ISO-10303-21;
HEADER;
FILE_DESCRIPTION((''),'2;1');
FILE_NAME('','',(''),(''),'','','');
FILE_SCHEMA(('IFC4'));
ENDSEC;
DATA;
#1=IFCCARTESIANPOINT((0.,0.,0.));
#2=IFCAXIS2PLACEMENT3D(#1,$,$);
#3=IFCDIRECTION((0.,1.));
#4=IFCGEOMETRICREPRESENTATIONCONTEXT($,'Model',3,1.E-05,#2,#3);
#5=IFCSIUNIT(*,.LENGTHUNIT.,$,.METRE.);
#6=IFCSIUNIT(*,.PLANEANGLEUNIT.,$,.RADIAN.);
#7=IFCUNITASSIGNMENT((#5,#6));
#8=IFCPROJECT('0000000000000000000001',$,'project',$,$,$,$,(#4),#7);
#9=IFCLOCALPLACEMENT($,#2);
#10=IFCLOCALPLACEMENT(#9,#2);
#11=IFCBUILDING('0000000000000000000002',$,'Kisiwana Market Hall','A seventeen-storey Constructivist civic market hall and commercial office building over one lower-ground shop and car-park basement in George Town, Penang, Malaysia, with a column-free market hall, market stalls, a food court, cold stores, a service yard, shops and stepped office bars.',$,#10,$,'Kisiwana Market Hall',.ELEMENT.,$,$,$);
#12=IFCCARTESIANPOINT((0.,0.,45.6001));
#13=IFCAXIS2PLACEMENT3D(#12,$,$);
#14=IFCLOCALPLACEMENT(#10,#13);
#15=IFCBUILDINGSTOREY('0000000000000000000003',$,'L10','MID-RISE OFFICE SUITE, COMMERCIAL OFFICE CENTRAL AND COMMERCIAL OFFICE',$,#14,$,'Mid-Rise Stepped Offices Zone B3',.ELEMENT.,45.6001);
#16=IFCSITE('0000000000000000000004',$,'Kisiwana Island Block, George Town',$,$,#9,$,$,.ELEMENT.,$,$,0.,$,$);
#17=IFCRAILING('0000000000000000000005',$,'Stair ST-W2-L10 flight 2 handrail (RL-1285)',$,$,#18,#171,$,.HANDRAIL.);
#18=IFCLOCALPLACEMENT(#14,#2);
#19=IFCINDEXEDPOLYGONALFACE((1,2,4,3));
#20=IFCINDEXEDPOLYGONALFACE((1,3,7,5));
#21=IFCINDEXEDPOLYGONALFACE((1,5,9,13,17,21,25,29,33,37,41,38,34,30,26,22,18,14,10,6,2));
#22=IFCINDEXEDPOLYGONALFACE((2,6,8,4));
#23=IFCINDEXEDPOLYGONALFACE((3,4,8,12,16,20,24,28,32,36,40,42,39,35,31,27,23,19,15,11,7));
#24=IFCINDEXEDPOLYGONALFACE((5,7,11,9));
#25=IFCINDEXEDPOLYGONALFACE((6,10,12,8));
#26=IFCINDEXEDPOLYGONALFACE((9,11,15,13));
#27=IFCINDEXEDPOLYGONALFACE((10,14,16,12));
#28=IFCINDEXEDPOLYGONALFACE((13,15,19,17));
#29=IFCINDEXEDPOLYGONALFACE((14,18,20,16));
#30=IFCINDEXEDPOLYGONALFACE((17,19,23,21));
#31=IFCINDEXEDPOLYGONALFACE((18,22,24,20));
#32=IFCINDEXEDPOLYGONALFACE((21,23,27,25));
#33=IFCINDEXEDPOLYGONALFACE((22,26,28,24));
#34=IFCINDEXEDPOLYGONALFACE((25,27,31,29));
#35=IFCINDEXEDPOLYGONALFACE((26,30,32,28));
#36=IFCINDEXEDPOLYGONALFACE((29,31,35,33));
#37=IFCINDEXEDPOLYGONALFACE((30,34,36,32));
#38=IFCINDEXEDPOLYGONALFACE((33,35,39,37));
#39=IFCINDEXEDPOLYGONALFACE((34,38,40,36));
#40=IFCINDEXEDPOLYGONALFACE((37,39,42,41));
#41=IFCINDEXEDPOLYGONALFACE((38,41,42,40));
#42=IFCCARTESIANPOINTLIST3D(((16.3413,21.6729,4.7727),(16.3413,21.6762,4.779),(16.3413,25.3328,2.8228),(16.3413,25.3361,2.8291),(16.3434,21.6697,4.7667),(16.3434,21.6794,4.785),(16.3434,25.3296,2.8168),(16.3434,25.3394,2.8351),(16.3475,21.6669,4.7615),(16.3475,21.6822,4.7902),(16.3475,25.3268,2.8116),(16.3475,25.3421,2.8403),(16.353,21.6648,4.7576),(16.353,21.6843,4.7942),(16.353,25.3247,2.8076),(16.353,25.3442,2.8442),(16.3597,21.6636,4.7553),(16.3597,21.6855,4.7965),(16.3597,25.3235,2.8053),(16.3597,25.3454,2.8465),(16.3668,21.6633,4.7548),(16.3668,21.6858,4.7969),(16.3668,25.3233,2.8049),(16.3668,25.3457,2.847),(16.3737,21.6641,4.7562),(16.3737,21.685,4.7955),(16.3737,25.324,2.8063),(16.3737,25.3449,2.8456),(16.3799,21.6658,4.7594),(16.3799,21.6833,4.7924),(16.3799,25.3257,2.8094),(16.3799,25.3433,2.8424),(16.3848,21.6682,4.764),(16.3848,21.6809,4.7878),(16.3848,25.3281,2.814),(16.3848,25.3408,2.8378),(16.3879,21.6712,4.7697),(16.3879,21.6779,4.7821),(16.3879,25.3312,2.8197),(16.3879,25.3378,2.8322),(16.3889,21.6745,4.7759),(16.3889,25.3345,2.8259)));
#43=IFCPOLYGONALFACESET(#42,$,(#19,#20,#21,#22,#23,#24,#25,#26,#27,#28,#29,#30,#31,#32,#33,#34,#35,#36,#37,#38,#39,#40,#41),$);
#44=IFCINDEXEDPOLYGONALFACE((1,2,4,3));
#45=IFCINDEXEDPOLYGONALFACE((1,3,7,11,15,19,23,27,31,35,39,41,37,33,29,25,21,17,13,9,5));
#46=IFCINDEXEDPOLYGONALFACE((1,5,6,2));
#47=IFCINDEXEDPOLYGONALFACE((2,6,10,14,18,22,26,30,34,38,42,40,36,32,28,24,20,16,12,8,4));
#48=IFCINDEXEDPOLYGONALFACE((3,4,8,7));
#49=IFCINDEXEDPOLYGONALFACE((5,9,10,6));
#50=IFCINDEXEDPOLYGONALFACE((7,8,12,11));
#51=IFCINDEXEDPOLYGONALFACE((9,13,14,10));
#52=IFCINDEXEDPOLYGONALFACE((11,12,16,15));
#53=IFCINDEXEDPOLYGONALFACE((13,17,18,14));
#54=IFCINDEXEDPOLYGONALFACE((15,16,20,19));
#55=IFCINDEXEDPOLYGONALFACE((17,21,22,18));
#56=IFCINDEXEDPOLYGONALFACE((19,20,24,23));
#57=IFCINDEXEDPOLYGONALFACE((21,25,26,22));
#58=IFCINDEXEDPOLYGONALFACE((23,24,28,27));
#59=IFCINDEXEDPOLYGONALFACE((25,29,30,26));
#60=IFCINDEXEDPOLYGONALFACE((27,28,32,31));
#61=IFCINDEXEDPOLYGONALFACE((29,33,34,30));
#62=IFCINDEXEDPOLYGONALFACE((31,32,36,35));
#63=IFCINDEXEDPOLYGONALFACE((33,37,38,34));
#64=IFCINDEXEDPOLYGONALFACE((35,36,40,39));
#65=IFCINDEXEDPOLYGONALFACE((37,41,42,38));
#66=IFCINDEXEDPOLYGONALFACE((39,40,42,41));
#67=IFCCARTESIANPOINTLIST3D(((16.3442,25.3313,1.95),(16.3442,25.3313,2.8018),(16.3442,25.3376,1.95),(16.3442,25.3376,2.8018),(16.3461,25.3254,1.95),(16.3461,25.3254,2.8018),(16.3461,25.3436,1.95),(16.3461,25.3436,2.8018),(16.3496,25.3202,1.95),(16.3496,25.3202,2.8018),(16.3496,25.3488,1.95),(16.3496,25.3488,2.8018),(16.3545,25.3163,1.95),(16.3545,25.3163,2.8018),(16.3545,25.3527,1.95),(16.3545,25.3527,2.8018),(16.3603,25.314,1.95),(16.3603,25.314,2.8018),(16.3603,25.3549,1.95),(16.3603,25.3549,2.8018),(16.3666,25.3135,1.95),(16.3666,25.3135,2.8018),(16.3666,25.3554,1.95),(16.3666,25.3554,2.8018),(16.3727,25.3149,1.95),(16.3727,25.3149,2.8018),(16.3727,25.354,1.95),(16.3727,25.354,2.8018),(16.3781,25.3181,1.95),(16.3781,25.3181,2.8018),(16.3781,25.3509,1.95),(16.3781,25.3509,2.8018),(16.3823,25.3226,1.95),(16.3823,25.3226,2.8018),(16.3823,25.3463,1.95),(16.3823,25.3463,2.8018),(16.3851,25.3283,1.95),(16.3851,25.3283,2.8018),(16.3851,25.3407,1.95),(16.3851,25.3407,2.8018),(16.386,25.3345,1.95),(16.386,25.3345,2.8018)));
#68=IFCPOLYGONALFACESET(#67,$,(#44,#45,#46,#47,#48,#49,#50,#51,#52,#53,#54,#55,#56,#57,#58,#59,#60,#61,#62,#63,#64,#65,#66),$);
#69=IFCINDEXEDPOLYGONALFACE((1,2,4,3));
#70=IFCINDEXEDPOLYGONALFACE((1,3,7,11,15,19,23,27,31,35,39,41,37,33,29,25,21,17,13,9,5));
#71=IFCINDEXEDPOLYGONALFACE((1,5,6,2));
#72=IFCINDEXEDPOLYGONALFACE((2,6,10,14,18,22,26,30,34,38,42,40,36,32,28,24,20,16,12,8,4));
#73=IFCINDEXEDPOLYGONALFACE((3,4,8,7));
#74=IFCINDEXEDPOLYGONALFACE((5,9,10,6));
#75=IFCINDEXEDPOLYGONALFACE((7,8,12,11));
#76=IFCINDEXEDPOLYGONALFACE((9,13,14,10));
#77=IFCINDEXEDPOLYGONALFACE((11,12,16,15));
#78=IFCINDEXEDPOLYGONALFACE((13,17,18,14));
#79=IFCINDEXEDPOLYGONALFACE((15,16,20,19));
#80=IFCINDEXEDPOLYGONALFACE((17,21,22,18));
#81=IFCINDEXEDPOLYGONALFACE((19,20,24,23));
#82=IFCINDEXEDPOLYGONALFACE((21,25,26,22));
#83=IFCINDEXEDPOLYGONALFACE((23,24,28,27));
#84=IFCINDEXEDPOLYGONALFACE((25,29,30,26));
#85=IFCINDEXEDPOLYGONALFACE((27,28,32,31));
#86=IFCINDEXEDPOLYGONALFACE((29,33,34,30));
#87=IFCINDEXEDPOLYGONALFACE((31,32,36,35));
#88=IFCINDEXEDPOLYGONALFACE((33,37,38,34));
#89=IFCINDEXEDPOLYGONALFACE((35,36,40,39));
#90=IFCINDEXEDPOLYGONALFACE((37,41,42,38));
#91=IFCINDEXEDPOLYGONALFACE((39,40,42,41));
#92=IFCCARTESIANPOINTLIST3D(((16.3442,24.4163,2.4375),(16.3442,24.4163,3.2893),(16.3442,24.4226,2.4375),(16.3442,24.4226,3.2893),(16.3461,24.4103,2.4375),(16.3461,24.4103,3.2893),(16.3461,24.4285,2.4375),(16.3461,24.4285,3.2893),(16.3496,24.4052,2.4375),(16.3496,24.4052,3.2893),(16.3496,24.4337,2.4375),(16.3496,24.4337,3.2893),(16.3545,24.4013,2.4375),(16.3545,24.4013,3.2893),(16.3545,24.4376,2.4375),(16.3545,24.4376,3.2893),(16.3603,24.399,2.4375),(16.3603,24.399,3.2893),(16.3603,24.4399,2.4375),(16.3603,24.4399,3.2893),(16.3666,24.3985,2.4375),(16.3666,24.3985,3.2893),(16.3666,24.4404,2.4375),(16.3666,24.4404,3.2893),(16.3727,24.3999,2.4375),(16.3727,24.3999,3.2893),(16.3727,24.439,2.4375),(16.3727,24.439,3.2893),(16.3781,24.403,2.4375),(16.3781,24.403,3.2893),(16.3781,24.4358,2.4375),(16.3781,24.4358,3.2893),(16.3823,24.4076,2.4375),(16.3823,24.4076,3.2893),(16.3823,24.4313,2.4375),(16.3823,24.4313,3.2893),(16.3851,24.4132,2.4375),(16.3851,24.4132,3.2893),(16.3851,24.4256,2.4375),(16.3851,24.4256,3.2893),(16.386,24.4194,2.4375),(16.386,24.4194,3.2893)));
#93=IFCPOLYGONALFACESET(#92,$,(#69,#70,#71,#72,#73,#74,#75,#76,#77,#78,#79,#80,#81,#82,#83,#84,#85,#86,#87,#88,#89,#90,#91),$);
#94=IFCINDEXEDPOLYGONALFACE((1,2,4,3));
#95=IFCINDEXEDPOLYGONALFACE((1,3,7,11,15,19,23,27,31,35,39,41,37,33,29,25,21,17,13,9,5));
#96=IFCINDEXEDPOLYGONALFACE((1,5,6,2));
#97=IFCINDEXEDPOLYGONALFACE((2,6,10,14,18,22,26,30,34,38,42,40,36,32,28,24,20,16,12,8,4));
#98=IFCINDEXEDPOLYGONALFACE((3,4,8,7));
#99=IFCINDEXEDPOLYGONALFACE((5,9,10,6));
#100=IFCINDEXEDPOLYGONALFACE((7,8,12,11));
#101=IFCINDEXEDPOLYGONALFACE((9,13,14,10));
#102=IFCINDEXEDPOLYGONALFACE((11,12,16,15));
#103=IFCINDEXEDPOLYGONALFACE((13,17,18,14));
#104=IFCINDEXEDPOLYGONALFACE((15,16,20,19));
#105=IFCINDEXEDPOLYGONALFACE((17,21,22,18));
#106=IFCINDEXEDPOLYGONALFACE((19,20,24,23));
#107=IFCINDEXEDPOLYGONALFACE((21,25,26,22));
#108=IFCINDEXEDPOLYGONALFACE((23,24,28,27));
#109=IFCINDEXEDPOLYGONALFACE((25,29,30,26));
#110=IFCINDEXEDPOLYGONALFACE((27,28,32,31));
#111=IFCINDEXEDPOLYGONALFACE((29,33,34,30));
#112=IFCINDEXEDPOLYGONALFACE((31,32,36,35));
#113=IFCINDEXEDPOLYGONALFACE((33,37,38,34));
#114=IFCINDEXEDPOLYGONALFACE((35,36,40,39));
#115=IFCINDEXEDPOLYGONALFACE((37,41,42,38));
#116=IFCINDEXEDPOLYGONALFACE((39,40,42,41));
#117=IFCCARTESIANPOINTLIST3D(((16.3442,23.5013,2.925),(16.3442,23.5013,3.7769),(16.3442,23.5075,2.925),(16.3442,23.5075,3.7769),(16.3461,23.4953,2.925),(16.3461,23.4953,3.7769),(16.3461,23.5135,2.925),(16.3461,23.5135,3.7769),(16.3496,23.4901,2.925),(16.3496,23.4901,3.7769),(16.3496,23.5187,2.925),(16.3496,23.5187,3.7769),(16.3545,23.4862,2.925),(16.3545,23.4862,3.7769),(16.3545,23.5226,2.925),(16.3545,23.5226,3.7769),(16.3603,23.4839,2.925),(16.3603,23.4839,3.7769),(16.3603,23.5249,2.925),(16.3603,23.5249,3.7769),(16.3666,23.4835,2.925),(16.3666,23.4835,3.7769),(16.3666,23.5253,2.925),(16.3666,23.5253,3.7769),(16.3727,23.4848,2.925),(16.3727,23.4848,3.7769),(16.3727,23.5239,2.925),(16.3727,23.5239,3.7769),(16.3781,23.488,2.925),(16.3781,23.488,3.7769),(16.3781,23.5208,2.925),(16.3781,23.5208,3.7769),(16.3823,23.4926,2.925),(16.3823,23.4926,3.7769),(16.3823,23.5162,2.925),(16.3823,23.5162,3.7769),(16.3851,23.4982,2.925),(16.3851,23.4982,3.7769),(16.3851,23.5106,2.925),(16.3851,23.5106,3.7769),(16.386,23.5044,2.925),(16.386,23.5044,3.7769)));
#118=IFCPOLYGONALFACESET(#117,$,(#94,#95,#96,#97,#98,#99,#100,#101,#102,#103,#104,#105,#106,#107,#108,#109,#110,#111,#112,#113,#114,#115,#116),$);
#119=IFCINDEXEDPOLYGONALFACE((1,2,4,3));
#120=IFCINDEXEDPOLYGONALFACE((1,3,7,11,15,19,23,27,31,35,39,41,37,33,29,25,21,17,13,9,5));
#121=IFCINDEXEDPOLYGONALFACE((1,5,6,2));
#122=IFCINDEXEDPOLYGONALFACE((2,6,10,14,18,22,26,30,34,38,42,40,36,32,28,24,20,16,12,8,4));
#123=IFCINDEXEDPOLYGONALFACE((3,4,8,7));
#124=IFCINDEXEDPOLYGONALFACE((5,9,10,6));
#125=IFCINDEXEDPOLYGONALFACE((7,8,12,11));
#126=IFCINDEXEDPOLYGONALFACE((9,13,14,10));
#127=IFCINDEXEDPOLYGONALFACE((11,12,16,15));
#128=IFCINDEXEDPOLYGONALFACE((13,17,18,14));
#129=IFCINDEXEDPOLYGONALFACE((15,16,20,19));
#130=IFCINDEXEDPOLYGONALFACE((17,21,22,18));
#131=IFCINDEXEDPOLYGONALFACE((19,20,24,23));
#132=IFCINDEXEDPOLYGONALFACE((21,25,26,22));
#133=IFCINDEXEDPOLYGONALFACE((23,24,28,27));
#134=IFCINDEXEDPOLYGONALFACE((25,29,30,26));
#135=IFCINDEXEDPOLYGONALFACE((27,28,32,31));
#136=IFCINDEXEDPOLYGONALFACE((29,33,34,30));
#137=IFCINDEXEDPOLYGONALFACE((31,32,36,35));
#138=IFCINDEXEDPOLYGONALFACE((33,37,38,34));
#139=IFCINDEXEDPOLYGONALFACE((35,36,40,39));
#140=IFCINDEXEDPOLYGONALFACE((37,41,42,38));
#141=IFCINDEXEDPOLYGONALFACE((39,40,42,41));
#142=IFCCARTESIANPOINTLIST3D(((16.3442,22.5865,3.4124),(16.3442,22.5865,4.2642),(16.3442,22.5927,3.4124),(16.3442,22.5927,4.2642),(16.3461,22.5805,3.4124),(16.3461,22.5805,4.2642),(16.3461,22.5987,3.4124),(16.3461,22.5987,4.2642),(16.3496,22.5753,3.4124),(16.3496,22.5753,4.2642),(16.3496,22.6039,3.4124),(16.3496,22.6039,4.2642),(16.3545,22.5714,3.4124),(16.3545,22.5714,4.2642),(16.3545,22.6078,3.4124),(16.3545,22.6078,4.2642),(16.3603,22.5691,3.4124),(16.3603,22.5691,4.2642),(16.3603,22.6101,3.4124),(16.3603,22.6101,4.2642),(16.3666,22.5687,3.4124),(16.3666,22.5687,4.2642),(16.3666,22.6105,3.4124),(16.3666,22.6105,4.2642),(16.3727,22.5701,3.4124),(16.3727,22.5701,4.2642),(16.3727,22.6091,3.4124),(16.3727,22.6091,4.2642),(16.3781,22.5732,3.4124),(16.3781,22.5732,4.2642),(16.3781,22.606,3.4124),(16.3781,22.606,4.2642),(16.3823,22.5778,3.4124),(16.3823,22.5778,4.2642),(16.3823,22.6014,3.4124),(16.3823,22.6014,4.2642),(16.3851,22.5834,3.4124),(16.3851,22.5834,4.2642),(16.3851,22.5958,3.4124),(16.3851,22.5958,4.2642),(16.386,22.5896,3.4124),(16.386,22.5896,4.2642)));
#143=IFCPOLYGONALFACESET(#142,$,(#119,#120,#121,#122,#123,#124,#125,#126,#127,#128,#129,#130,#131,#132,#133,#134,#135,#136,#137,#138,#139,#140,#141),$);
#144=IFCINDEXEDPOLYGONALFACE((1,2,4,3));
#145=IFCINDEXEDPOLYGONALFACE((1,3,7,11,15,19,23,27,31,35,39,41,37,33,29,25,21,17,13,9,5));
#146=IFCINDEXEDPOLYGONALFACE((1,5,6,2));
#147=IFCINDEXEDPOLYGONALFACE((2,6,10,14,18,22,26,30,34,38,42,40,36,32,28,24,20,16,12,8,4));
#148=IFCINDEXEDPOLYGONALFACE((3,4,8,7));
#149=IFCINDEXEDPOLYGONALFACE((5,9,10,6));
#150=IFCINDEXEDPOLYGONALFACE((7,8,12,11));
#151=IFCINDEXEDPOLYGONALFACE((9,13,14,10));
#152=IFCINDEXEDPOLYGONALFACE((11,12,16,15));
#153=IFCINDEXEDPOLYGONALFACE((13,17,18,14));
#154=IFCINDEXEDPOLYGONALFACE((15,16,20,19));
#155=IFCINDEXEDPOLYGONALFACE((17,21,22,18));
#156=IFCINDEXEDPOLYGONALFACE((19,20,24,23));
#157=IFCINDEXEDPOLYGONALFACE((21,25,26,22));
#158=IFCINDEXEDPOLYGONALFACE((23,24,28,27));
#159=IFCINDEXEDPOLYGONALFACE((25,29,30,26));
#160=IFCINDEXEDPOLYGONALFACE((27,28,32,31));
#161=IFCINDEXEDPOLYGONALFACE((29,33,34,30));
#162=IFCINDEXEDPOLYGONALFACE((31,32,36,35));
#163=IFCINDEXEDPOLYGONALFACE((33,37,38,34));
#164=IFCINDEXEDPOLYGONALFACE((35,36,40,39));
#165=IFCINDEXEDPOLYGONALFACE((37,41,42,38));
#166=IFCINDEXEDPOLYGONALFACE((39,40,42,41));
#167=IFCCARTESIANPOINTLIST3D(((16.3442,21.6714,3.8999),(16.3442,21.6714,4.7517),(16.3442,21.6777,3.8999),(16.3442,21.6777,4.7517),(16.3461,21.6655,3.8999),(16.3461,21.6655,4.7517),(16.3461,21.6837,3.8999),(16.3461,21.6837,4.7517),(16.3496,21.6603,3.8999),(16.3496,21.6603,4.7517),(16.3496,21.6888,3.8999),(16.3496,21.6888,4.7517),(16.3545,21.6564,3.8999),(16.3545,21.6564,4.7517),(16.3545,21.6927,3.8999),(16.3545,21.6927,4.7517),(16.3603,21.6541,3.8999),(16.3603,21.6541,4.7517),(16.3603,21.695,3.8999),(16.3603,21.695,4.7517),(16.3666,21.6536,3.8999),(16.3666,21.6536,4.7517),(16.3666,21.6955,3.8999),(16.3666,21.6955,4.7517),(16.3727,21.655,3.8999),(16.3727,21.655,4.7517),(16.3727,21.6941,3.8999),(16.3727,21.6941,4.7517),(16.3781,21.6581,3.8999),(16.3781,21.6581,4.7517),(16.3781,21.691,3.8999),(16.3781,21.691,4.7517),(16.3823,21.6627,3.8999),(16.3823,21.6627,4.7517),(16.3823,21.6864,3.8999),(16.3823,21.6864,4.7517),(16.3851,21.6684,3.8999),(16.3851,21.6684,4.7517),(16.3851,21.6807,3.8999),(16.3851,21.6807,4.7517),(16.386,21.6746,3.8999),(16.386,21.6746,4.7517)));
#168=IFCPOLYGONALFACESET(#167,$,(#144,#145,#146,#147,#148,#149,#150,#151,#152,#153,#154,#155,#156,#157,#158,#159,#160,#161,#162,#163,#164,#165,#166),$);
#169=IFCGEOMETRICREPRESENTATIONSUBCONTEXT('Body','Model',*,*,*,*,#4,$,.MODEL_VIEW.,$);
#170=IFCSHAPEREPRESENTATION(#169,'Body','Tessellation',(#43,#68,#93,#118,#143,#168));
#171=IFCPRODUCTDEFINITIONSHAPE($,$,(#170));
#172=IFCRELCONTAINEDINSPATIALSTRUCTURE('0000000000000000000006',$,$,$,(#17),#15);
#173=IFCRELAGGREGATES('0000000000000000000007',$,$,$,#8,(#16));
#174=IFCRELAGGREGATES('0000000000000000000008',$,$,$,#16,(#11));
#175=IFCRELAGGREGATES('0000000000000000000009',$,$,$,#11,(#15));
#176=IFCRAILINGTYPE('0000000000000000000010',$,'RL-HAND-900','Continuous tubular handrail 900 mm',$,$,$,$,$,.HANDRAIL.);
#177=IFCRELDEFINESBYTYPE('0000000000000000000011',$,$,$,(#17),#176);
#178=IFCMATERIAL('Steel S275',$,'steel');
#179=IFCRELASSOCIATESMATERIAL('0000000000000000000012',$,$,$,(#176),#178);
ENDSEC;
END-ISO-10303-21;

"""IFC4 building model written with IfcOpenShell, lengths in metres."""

from ifc_helpers import new_model, si_unit, direction, frame, origin, origin_2d, place, context, subcontext, project, spatial, circle, extrude, material, type_object, element, save


model = new_model("IFC4")

# Units and contexts
model_context = context("Model", 3, precision=1e-05, world=origin(), true_north=direction((0.0, 1.0)))
body_context = subcontext(model_context, "Body", "Model", "MODEL_VIEW")
ifc_project = project(units=[si_unit("LENGTHUNIT", "METRE"), si_unit("PLANEANGLEUNIT", "RADIAN")], contexts=[model_context])

# Site, building, storey
site_placement = place(None, origin())
site = spatial("IfcSite", under=ifc_project, at=site_placement, Name="Kisiwana Island Block, George Town", CompositionType="ELEMENT", RefElevation=0.0)
building_placement = place(site_placement, origin())
building = spatial("IfcBuilding", under=site, at=building_placement, Name="Kisiwana Market Hall", Description="A seventeen-storey Constructivist civic market hall and commercial office building over one lower-ground shop and car-park basement in George Town, Penang, Malaysia, with a column-free market hall, market stalls, a food court, cold stores, a service yard, shops and stepped office bars.", LongName="Kisiwana Market Hall", CompositionType="ELEMENT")
storey_placement = place(building_placement, frame((0.0, 0.0, 45.6001)))
storey = spatial("IfcBuildingStorey", under=building, at=storey_placement, Name="L10", Description="MID-RISE OFFICE SUITE, COMMERCIAL OFFICE CENTRAL AND COMMERCIAL OFFICE", LongName="Mid-Rise Stepped Offices Zone B3", CompositionType="ELEMENT", Elevation=45.6001)

# Railing
ifc_material_1 = material(Name="Steel S275", Category="steel")
railing_type_1 = type_object("IfcRailingType", Name="RL-HAND-900", Description="Continuous tubular handrail 900 mm", PredefinedType="HANDRAIL", material=ifc_material_1)
railing_1_placement = place(storey_placement, frame((16.365, 25.3345, 1.95)))
element("IfcRailing", 1, at=railing_1_placement, inside=storey, type_object=railing_type_1, Name="Stair ST-W2-L10 flight 2 handrail (RL-1285)", PredefinedType="HANDRAIL", context=body_context, shape_type="SweptSolid", body=[
    extrude(circle(Radius=0.0239, at=origin_2d()), frame((0.0, 0.0, 0.876), z_axis=(0.0, -0.882553, 0.470212), x_axis=(1.0, 0.0, 0.0)), (0.0, 0.0, 1.0), 4.147),
    extrude(circle(Radius=0.021, at=origin_2d()), origin(), (0.0, 0.0, 1.0), 0.8518),
    extrude(circle(Radius=0.021, at=origin_2d()), frame((0.0, -0.915, 0.4875)), (0.0, 0.0, 1.0), 0.8518),
    extrude(circle(Radius=0.021, at=origin_2d()), frame((0.0, -1.8301, 0.9751)), (0.0, 0.0, 1.0), 0.8518),
    extrude(circle(Radius=0.021, at=origin_2d()), frame((0.0, -2.7449, 1.4624)), (0.0, 0.0, 1.0), 0.8518),
    extrude(circle(Radius=0.021, at=origin_2d()), frame((0.0, -3.6599, 1.95)), (0.0, 0.0, 1.0), 0.8518),
])

save(model, "model.ifc")
